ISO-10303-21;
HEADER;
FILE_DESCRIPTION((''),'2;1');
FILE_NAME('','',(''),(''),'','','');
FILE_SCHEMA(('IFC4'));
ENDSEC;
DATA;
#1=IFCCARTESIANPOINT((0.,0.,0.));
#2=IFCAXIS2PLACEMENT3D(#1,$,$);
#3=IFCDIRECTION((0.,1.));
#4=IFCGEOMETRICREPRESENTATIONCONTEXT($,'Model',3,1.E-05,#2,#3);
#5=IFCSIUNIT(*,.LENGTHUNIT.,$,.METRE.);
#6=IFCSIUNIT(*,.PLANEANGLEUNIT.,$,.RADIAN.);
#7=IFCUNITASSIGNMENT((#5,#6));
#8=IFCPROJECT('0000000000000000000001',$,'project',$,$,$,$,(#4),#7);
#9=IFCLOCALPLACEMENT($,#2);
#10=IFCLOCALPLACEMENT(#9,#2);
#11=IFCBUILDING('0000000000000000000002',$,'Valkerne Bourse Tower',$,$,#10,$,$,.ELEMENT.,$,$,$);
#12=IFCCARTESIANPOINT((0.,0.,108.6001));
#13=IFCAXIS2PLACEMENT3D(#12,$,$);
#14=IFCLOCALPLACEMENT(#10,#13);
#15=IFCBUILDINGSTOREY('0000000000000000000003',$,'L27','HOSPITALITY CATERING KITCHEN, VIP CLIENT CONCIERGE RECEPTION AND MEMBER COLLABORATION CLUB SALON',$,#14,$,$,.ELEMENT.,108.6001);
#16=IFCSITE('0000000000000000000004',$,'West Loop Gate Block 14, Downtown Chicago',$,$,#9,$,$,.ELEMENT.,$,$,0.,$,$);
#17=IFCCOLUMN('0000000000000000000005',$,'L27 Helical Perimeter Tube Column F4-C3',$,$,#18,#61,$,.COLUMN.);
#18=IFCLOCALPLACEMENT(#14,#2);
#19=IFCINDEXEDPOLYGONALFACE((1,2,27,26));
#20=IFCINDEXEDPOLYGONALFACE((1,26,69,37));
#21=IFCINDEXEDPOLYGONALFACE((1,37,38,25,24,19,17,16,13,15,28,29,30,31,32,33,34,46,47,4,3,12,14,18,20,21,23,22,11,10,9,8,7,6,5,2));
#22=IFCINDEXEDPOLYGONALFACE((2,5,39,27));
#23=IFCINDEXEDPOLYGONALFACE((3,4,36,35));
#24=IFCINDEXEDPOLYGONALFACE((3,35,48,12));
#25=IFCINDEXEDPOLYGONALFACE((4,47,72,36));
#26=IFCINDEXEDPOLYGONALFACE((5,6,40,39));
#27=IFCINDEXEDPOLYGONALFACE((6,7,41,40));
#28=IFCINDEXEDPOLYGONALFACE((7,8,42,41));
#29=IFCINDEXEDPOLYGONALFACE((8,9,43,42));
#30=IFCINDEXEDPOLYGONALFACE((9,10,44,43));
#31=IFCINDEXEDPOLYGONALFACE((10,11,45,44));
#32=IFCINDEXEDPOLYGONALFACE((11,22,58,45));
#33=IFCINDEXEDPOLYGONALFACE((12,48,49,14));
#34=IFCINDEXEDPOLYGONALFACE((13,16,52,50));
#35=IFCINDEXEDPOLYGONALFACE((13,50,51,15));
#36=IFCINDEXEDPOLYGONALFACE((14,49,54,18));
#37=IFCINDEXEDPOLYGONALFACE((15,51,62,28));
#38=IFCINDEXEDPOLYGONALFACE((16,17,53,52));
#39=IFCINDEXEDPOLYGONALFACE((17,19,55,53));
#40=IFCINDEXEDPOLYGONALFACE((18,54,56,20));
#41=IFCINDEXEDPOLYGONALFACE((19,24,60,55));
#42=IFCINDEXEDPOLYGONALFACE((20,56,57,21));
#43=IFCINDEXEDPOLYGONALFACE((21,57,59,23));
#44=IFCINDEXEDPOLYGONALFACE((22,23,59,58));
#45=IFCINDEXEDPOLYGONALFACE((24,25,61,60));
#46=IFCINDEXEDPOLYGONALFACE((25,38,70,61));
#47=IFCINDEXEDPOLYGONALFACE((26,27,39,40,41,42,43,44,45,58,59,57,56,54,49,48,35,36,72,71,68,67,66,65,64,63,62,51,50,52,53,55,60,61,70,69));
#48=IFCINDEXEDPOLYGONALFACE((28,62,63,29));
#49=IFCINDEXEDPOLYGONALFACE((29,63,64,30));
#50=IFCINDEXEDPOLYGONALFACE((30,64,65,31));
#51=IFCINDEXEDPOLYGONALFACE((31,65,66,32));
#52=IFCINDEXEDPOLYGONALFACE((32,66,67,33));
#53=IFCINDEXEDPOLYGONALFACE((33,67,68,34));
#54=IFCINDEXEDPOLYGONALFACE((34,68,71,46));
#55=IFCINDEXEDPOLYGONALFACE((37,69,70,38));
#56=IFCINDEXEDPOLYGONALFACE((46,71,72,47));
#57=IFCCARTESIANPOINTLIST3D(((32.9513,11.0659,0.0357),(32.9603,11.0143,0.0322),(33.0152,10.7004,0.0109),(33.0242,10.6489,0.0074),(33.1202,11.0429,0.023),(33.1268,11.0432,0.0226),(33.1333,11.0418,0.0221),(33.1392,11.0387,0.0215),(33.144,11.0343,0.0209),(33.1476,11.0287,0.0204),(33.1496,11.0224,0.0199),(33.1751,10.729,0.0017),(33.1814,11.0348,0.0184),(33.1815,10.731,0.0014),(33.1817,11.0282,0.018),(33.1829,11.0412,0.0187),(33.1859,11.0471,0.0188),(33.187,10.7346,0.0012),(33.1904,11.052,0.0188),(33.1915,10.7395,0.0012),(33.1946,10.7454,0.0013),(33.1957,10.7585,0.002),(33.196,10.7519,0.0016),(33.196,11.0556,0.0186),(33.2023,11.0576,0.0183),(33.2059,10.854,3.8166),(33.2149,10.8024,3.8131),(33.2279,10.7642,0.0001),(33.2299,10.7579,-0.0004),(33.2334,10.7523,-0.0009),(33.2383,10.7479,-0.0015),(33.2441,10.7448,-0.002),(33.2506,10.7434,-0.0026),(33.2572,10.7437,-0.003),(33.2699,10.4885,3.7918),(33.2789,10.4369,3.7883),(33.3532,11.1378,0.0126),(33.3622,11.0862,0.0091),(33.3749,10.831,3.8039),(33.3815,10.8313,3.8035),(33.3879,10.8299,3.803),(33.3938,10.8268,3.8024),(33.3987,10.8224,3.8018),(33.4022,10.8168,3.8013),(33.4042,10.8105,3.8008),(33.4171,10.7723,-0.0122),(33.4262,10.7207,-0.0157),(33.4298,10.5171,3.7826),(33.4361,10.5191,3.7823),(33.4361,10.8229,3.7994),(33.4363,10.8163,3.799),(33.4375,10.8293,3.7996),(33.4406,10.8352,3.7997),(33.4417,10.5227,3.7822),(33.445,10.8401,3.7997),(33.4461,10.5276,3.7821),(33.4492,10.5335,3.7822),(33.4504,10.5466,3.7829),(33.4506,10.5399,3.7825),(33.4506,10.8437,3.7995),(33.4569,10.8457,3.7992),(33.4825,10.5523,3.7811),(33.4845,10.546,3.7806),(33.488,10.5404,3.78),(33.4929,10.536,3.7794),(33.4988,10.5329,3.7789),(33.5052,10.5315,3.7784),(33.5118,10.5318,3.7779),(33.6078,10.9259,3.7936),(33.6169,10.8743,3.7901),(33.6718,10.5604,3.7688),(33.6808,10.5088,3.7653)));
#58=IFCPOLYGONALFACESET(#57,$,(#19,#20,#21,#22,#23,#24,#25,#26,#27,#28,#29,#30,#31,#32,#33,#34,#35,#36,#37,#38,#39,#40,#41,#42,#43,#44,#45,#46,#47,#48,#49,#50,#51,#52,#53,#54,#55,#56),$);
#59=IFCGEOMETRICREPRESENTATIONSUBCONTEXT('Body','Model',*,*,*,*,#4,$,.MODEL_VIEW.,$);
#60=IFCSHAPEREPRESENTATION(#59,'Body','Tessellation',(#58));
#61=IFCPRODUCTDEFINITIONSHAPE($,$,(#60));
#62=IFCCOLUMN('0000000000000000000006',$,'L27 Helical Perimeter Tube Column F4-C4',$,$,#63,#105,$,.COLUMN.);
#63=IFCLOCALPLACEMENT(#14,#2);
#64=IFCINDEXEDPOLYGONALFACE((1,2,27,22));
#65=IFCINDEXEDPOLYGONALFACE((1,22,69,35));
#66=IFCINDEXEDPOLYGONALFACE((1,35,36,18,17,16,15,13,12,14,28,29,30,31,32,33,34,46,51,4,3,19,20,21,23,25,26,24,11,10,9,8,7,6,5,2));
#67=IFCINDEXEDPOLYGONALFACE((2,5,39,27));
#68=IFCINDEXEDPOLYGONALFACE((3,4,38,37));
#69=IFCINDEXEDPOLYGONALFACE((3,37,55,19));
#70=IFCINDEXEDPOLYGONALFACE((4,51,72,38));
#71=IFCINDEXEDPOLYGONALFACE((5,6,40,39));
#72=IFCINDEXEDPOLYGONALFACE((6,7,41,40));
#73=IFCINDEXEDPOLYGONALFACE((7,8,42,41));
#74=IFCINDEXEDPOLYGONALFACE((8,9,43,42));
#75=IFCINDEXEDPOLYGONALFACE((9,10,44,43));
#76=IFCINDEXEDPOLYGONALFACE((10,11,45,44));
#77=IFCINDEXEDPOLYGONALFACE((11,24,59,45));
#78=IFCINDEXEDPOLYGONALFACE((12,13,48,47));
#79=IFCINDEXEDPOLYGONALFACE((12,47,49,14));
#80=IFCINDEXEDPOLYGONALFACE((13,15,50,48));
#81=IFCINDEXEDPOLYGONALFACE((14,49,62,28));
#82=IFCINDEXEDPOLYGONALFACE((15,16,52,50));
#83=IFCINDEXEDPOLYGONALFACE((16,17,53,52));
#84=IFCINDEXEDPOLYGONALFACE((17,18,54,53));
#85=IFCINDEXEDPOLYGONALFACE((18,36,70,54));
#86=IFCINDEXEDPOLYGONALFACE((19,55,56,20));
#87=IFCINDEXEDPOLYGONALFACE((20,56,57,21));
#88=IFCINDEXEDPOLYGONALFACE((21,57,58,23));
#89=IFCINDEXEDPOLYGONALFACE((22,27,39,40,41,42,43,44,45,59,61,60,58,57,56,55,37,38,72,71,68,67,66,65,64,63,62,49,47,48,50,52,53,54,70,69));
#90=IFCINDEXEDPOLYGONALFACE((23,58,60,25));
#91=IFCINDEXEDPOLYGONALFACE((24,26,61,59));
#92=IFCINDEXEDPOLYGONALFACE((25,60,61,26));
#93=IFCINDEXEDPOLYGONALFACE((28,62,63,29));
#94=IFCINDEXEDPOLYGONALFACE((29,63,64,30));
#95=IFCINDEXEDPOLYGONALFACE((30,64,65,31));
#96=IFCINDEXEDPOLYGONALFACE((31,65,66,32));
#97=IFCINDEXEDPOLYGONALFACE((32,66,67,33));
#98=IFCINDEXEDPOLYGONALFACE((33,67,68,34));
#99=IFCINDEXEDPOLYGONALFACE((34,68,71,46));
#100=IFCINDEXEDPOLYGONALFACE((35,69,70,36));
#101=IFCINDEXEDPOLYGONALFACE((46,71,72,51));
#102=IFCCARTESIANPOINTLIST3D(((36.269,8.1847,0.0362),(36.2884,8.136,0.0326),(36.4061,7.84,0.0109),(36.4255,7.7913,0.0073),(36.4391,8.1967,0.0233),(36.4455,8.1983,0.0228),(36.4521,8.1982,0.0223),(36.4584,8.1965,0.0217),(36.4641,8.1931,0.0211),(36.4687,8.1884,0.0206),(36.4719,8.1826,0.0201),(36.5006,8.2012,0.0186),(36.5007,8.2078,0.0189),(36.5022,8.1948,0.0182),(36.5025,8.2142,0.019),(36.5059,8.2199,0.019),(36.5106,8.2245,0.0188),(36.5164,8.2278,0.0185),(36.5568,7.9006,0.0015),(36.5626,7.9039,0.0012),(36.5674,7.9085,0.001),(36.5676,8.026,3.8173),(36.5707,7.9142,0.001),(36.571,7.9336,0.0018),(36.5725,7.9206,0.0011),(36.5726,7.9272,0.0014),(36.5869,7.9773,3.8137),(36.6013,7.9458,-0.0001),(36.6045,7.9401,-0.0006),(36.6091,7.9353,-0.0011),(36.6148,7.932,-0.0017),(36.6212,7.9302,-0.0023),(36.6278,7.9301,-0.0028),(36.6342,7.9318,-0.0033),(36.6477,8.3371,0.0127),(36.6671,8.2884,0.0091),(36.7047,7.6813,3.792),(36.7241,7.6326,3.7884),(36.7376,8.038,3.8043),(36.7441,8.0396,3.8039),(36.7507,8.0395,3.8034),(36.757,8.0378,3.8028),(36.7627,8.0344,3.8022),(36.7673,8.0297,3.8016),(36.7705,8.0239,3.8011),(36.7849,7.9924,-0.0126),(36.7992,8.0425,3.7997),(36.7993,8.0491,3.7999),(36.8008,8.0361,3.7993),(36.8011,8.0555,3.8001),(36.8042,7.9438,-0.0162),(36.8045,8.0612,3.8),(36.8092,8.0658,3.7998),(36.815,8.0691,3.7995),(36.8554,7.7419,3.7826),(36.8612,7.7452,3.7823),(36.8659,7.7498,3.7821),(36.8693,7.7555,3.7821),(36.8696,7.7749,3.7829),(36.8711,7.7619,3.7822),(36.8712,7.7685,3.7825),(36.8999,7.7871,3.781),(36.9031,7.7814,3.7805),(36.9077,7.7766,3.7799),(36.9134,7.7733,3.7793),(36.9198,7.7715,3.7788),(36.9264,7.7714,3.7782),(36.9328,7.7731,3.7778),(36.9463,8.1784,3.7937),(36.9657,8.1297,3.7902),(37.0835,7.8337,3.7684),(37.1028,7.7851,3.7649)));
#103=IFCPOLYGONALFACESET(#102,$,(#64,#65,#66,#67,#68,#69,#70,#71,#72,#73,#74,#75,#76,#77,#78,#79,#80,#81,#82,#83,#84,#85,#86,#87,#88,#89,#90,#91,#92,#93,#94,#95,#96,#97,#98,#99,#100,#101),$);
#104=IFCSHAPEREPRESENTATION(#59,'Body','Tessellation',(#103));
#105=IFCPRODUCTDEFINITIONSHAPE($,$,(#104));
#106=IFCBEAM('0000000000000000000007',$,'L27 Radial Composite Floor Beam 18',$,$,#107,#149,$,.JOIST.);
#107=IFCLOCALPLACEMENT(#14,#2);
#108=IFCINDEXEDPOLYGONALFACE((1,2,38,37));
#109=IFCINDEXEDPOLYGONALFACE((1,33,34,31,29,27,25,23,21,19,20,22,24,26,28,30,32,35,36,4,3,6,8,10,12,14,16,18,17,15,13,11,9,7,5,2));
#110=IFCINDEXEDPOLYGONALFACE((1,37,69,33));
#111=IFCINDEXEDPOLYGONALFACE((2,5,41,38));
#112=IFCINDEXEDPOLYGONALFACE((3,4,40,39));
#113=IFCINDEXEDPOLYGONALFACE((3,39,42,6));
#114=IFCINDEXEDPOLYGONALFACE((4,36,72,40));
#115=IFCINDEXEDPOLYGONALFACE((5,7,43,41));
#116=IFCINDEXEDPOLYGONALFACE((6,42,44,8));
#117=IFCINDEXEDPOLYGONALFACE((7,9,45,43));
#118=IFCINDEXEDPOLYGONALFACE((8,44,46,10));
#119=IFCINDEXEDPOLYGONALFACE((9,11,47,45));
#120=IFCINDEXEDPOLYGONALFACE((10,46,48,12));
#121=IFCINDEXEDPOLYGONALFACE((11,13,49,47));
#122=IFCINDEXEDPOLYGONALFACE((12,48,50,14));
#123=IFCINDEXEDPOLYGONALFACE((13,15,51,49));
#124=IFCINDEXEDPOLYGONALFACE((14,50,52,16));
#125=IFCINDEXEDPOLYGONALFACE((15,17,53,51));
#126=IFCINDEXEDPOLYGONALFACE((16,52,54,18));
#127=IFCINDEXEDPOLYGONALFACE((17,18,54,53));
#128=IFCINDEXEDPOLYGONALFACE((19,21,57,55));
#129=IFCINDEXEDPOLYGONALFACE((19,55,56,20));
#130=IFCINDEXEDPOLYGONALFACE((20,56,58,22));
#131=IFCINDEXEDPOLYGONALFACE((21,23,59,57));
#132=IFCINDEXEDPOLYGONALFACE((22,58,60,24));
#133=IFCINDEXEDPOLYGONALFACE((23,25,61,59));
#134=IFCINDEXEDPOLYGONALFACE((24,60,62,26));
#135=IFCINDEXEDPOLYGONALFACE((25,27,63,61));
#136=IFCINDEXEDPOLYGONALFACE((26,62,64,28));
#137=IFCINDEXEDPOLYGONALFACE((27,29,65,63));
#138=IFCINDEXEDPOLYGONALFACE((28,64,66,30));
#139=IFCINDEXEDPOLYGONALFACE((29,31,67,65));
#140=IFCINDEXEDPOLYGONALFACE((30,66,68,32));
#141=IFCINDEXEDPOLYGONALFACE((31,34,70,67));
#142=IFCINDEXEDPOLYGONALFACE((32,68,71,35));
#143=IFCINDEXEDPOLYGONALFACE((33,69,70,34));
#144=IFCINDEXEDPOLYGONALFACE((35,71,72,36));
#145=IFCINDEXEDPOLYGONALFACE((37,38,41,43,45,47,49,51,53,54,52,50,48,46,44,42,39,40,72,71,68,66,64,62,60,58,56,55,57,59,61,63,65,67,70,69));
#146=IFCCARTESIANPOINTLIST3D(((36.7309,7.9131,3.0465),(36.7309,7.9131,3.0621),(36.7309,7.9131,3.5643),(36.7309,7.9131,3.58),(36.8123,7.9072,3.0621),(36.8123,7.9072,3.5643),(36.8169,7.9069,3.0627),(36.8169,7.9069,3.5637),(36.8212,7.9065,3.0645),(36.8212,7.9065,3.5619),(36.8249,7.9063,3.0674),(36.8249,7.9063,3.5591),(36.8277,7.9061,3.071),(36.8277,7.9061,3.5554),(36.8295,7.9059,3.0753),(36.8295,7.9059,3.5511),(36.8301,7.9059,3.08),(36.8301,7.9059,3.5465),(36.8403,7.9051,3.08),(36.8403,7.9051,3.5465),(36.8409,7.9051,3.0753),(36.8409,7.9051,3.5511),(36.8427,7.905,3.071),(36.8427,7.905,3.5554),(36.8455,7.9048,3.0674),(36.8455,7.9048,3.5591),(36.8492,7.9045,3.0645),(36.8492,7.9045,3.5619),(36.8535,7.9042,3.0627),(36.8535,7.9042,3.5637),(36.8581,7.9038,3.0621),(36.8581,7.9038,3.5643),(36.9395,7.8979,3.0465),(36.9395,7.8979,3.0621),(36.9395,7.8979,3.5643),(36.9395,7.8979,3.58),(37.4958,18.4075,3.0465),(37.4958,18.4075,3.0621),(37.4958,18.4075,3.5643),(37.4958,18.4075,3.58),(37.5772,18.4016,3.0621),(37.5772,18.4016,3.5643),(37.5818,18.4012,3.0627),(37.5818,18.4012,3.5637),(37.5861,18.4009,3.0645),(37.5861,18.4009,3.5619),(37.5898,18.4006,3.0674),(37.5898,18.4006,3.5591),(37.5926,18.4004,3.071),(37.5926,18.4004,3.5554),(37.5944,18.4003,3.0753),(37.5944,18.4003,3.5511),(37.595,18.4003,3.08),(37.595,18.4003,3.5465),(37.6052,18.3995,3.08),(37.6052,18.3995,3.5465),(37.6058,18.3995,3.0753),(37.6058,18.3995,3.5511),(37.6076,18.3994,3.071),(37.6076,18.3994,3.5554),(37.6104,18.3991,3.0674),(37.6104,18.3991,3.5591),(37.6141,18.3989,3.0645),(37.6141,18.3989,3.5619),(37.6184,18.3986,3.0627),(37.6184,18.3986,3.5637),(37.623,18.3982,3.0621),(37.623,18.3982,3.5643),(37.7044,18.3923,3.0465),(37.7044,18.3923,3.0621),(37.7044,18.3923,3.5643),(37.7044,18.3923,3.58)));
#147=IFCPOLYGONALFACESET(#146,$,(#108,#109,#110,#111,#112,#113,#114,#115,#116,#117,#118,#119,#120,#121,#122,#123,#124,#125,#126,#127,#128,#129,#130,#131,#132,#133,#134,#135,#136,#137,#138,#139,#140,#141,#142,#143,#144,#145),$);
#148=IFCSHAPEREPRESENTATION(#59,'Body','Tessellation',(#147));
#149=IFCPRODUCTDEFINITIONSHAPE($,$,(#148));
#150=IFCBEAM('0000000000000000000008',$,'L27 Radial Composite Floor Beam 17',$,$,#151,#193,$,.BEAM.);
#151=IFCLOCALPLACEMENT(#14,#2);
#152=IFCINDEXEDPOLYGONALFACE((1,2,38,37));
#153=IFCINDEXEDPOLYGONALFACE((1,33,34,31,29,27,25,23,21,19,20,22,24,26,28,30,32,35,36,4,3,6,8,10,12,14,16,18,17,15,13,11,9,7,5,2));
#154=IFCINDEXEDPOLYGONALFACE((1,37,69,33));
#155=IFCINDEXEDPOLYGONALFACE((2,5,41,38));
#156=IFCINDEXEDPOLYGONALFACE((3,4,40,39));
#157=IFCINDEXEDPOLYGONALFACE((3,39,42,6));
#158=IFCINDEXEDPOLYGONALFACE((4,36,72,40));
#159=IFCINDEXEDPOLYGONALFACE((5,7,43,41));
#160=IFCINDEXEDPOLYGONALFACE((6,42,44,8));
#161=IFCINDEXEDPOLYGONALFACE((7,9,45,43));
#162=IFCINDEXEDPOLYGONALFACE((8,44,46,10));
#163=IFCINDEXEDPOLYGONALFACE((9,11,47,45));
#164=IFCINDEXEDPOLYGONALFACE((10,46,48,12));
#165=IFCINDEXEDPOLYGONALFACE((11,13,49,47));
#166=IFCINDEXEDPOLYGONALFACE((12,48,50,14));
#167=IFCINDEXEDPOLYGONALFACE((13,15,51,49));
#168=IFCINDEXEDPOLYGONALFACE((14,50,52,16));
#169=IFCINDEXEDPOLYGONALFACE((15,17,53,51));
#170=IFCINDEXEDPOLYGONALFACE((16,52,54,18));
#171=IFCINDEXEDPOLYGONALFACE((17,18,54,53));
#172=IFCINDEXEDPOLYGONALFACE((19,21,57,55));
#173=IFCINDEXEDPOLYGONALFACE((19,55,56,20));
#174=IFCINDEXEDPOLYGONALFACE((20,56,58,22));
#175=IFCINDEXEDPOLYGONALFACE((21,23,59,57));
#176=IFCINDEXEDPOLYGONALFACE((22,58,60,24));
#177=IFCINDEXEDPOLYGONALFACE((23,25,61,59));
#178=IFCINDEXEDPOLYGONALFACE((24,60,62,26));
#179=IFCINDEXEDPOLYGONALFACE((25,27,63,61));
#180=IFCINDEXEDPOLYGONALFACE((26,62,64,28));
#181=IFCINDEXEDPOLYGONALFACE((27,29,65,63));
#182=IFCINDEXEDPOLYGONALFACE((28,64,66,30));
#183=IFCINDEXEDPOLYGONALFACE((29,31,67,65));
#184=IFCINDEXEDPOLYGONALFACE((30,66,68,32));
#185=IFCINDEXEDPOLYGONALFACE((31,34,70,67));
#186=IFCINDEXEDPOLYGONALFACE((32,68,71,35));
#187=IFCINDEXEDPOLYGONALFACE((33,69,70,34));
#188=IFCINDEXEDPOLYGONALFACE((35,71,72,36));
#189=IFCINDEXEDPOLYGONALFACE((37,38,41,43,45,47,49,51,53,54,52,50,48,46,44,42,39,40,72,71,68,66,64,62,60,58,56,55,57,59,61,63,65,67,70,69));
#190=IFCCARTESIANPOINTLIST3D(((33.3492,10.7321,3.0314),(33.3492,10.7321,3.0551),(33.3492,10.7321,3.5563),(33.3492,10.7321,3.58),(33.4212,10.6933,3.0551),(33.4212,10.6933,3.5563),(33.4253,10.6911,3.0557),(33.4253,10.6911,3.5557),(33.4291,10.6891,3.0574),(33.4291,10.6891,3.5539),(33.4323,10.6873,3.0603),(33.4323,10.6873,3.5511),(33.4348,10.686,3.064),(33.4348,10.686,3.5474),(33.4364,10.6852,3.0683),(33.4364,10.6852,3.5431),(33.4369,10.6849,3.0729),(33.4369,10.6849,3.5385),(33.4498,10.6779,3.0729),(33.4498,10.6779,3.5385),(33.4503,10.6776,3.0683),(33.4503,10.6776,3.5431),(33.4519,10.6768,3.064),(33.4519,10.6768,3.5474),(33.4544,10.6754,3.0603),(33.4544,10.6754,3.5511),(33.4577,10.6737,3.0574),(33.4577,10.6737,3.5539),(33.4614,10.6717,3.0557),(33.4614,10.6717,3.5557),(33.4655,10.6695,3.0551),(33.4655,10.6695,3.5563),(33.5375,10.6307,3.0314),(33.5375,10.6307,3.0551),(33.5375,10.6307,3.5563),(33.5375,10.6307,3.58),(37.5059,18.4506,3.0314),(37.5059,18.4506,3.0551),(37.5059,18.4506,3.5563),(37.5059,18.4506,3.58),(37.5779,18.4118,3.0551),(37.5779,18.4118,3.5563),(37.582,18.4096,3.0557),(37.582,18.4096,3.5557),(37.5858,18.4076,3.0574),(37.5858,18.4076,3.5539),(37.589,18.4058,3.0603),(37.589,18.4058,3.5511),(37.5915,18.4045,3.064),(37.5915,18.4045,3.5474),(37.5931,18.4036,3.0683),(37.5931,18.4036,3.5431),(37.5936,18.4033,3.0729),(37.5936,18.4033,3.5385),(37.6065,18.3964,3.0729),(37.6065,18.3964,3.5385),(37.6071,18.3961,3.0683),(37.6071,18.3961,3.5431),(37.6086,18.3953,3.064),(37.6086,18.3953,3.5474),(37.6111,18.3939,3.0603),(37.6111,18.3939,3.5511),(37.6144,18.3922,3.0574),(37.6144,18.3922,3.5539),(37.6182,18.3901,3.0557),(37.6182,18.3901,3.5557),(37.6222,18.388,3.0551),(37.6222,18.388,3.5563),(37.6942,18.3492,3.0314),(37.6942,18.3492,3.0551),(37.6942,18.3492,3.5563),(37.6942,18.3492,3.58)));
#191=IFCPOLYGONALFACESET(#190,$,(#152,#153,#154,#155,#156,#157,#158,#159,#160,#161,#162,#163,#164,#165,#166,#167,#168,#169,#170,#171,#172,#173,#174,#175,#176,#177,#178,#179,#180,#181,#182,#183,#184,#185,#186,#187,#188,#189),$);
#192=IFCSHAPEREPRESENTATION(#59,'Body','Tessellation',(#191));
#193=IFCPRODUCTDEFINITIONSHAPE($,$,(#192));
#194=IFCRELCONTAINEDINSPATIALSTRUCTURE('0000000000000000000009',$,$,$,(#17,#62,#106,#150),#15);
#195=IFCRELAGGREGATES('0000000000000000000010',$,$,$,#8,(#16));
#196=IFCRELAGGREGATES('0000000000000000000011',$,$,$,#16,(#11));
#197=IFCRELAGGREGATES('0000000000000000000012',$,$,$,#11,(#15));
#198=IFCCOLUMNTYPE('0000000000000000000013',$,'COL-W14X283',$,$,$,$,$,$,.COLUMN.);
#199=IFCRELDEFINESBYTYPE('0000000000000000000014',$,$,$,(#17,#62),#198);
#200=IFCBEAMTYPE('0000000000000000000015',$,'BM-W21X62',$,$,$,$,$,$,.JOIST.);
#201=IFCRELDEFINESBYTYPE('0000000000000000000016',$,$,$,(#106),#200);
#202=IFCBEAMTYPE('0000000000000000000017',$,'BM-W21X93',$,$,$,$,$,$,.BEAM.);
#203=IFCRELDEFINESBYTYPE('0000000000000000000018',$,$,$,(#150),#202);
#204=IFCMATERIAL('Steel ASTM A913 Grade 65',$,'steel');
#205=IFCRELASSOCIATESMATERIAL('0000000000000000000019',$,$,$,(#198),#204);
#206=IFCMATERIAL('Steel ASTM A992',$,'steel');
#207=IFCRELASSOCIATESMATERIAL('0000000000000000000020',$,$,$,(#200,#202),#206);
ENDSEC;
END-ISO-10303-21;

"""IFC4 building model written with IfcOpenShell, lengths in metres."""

from ifc_helpers import new_model, si_unit, direction, frame, origin, origin_2d, place, context, subcontext, project, spatial, i_section, extrude, material, material_profile, profile_set, type_object, element, save


model = new_model("IFC4")

# Units and contexts
model_context = context("Model", 3, precision=1e-05, world=origin(), true_north=direction((0.0, 1.0)))
body_context = subcontext(model_context, "Body", "Model", "MODEL_VIEW")
ifc_project = project(units=[si_unit("LENGTHUNIT", "METRE"), si_unit("PLANEANGLEUNIT", "RADIAN")], contexts=[model_context])

# Site, building, storey
site_placement = place(None, origin())
site = spatial("IfcSite", under=ifc_project, at=site_placement, Name="West Loop Gate Block 14, Downtown Chicago", CompositionType="ELEMENT", RefElevation=0.0)
building_placement = place(site_placement, origin())
building = spatial("IfcBuilding", under=site, at=building_placement, Name="Valkerne Bourse Tower", CompositionType="ELEMENT")
storey_placement = place(building_placement, frame((0.0, 0.0, 108.6001)))
storey = spatial("IfcBuildingStorey", under=building, at=storey_placement, Name="L27", Description="HOSPITALITY CATERING KITCHEN, VIP CLIENT CONCIERGE RECEPTION AND MEMBER COLLABORATION CLUB SALON", CompositionType="ELEMENT", Elevation=108.6001)

# Columns
ifc_material_1 = material(Name="Steel ASTM A913 Grade 65", Category="steel")
ifc_material_profile_1 = material_profile(ifc_material_1, i_section(OverallWidth=0.4089, OverallDepth=0.4243, WebThickness=0.0327, FlangeThickness=0.0525, FilletRadius=0.0254, at=origin_2d()), Name="W14X283")
ifc_profile_set_1 = profile_set([ifc_material_profile_1], Name="Steel ASTM A913 Grade 65")
column_type = type_object("IfcColumnType", Name="COL-W14X283", PredefinedType="COLUMN", material=ifc_profile_set_1)
column_1_placement = place(storey_placement, frame((33.1887, 10.8933, 0.01), z_axis=(0.06709, -0.055833, 0.996184), x_axis=(0.982816, 0.175779, -0.056338)))
element("IfcColumn", 1, at=column_1_placement, inside=storey, type_object=column_type, Name="L27 Helical Perimeter Tube Column F4-C3", PredefinedType="COLUMN", context=body_context, shape_type="SweptSolid", body=[
    extrude(i_section(OverallWidth=0.4089, OverallDepth=0.4243, WebThickness=0.0327, FlangeThickness=0.0525, FilletRadius=0.0254, at=origin_2d()), origin(), (0.0, 0.0, 1.0), 3.7954),
])
column_2_placement = place(storey_placement, frame((36.5366, 8.0642, 0.01), z_axis=(0.078656, -0.041804, 0.996025), x_axis=(0.926154, 0.372738, -0.057494)))
element("IfcColumn", 2, at=column_2_placement, inside=storey, type_object=column_type, Name="L27 Helical Perimeter Tube Column F4-C4", PredefinedType="COLUMN", context=body_context, shape_type="SweptSolid", body=[
    extrude(i_section(OverallWidth=0.4089, OverallDepth=0.4243, WebThickness=0.0327, FlangeThickness=0.0525, FilletRadius=0.0254, at=origin_2d()), origin(), (0.0, 0.0, 1.0), 3.7961),
])

# Beams
ifc_material_2 = material(Name="Steel ASTM A992", Category="steel")
ifc_material_profile_2 = material_profile(ifc_material_2, i_section(OverallWidth=0.2092, OverallDepth=0.5334, WebThickness=0.0103, FlangeThickness=0.0156, FilletRadius=0.0178, at=origin_2d()), Name="W21X62")
ifc_profile_set_2 = profile_set([ifc_material_profile_2], Name="Steel ASTM A992")
beam_type_1 = type_object("IfcBeamType", Name="BM-W21X62", PredefinedType="JOIST", material=ifc_profile_set_2)
beam_1_placement = place(storey_placement, frame((36.8352, 7.9055, 3.3132), z_axis=(0.072693, 0.997354, 0.0), x_axis=(-0.997354, 0.072693, 0.0)))
element("IfcBeam", 3, at=beam_1_placement, inside=storey, type_object=beam_type_1, Name="L27 Radial Composite Floor Beam 18", PredefinedType="JOIST", context=body_context, shape_type="SweptSolid", body=[
    extrude(i_section(OverallWidth=0.2092, OverallDepth=0.5334, WebThickness=0.0103, FlangeThickness=0.0156, FilletRadius=0.0178, at=origin_2d()), origin(), (0.0, 0.0, 1.0), 10.5222),
])
ifc_material_profile_3 = material_profile(ifc_material_2, i_section(OverallWidth=0.2139, OverallDepth=0.5486, WebThickness=0.0146, FlangeThickness=0.0237, FilletRadius=0.0178, at=origin_2d()), Name="W21X93")
ifc_profile_set_3 = profile_set([ifc_material_profile_3], Name="Steel ASTM A992")
beam_type_2 = type_object("IfcBeamType", Name="BM-W21X93", PredefinedType="BEAM", material=ifc_profile_set_3)
beam_2_placement = place(storey_placement, frame((33.4434, 10.6814, 3.3057), z_axis=(0.474155, 0.880442, 0.0), x_axis=(-0.880442, 0.474155, 0.0)))
element("IfcBeam", 4, at=beam_2_placement, inside=storey, type_object=beam_type_2, Name="L27 Radial Composite Floor Beam 17", PredefinedType="BEAM", context=body_context, shape_type="SweptSolid", body=[
    extrude(i_section(OverallWidth=0.2139, OverallDepth=0.5486, WebThickness=0.0146, FlangeThickness=0.0237, FilletRadius=0.0178, at=origin_2d()), origin(), (0.0, 0.0, 1.0), 8.7666),
])

save(model, "model.ifc")
